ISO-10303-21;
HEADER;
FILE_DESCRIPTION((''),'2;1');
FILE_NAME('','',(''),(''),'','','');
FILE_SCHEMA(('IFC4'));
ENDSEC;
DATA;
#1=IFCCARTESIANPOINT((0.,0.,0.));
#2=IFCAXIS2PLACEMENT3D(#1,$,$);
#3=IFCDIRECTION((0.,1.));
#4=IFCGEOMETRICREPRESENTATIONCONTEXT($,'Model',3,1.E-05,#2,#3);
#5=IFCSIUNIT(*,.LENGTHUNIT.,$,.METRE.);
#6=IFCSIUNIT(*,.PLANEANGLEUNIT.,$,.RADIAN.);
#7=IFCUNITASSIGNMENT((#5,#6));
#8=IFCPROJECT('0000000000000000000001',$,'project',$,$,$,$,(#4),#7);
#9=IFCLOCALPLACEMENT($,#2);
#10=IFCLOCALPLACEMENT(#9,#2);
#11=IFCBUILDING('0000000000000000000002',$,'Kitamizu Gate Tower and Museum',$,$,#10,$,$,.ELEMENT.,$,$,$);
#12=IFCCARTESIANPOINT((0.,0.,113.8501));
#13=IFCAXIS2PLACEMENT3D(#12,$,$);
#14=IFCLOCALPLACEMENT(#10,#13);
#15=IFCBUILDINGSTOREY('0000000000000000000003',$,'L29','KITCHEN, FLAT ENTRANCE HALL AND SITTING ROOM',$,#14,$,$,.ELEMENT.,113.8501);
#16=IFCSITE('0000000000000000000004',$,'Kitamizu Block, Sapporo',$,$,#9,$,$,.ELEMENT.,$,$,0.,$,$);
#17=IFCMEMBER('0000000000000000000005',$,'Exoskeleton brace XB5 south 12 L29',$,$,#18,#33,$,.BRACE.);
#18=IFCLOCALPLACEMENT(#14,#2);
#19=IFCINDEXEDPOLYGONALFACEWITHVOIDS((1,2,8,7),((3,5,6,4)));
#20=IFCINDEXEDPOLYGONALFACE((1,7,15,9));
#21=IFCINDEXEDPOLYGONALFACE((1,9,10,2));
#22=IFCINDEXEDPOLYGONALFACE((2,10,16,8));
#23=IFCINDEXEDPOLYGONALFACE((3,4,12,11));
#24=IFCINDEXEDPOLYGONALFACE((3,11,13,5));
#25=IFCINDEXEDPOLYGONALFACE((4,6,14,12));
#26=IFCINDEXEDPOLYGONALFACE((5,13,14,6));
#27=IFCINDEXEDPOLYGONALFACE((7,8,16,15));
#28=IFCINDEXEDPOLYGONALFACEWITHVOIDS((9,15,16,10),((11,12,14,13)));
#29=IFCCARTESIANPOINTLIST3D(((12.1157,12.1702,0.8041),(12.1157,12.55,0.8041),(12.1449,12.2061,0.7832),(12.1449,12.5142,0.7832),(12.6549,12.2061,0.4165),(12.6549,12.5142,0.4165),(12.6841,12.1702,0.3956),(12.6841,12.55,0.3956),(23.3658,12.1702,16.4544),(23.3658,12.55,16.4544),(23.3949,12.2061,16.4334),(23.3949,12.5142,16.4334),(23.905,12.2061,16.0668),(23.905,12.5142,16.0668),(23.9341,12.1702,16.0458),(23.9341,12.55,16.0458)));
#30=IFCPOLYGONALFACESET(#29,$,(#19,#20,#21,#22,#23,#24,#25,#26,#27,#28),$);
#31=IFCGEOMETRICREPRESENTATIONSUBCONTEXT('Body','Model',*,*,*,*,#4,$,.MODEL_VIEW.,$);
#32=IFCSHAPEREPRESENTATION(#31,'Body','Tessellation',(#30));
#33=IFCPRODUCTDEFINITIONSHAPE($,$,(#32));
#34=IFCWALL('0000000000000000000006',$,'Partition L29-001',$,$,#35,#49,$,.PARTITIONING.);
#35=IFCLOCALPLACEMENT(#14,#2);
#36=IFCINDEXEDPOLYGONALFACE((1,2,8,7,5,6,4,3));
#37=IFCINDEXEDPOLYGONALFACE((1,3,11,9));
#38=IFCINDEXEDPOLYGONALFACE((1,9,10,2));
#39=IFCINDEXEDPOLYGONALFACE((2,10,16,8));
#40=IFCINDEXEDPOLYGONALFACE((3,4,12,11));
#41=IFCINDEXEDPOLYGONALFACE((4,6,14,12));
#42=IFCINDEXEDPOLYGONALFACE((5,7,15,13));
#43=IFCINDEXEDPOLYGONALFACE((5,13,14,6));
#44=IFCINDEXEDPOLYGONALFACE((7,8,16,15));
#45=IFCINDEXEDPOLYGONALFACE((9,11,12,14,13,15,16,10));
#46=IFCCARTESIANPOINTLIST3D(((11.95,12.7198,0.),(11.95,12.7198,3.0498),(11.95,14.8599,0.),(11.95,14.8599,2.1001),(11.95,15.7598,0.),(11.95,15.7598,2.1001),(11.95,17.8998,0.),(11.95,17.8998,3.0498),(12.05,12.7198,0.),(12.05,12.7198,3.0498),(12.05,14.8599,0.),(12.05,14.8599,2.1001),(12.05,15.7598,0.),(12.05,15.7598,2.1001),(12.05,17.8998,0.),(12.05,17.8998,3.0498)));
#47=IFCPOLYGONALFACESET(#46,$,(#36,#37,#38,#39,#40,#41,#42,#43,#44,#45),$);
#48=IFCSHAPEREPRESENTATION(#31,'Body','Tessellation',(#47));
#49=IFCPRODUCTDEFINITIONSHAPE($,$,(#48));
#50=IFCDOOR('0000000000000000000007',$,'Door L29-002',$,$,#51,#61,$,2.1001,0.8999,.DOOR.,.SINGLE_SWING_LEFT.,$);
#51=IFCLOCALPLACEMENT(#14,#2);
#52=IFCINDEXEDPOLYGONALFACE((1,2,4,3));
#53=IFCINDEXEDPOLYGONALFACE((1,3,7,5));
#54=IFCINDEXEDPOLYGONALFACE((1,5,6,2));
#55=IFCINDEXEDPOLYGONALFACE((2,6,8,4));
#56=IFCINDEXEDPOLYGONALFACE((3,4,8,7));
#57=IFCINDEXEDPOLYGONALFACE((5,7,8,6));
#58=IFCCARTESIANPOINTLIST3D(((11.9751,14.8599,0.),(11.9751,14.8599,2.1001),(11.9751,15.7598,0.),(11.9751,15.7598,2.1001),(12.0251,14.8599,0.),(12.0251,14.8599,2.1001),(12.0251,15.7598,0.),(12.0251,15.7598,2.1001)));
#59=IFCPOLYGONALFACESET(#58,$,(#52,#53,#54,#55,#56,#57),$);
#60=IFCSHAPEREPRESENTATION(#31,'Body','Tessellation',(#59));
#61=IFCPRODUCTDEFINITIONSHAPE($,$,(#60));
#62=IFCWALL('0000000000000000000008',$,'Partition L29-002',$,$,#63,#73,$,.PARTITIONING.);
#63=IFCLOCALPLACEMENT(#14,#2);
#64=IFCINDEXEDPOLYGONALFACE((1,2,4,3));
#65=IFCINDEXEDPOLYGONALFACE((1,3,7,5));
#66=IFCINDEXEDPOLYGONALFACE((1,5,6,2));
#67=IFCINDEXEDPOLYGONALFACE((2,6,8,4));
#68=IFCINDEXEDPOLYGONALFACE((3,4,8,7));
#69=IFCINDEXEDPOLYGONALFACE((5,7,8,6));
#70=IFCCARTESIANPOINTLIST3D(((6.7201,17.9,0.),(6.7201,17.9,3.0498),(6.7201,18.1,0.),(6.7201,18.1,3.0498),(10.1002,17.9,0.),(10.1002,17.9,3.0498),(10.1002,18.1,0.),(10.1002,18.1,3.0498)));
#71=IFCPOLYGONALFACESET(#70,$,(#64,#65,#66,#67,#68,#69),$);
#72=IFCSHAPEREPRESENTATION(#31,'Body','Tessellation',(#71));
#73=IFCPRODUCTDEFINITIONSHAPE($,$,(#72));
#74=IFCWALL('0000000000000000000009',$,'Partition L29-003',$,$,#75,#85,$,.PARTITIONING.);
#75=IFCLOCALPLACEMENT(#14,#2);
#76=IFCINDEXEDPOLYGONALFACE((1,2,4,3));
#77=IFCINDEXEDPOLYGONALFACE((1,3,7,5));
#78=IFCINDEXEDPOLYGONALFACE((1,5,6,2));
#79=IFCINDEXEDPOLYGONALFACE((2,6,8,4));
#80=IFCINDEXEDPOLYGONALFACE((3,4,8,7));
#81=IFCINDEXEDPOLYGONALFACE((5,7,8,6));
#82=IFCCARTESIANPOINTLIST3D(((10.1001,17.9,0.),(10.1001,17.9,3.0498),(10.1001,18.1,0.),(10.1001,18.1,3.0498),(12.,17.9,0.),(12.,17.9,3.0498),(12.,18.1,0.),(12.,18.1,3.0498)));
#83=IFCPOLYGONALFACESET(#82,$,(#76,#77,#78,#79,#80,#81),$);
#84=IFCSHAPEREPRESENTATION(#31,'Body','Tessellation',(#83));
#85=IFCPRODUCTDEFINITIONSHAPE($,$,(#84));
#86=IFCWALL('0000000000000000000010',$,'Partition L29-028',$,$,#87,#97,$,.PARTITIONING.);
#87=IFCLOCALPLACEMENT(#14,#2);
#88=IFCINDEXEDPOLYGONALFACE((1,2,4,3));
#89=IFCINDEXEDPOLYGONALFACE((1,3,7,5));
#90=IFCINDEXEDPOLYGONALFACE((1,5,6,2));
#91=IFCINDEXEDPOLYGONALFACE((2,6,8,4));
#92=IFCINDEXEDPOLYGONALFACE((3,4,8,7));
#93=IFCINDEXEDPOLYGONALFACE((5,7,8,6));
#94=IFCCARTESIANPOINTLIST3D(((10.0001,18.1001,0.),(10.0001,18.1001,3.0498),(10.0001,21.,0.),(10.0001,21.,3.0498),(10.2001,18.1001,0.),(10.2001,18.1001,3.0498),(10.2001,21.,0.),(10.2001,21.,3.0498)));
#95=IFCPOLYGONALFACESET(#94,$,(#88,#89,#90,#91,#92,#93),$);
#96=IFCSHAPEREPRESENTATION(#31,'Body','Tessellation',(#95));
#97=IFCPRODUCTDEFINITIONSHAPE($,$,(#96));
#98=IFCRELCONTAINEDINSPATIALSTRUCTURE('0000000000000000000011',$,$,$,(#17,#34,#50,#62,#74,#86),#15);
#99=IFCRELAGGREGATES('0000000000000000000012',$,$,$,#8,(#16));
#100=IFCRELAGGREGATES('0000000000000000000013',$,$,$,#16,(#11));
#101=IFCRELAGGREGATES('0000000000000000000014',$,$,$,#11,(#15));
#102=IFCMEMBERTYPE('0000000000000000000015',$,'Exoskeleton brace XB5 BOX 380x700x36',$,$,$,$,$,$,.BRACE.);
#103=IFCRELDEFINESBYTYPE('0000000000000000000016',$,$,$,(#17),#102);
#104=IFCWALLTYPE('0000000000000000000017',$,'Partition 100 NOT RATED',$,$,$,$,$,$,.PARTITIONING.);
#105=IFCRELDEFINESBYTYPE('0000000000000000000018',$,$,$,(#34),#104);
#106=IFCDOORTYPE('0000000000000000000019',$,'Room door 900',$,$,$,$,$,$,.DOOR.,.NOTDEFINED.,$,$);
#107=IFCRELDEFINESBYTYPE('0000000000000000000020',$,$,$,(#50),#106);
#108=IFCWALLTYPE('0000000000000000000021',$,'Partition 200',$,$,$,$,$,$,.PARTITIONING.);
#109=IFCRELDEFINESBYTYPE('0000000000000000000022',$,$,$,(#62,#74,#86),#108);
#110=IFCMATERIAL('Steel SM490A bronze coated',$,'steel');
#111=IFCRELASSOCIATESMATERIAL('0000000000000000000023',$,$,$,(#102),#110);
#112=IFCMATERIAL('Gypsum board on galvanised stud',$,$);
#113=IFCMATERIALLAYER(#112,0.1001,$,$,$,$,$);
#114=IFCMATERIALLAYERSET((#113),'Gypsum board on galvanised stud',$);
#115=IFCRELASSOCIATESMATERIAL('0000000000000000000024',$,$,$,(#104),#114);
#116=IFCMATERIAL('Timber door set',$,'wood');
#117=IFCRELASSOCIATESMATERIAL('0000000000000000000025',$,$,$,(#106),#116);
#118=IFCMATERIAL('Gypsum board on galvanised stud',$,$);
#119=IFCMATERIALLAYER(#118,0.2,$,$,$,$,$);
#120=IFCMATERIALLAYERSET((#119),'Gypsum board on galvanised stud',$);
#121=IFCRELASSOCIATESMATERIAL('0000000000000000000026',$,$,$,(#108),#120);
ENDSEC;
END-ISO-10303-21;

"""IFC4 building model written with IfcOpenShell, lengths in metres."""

from ifc_helpers import new_model, si_unit, direction, frame, frame_2d, origin, origin_2d, place, context, subcontext, project, spatial, rectangle, hollow_rectangle, extrude, material, layer, layer_set, material_profile, profile_set, type_object, element, fill, save


model = new_model("IFC4")

# Units and contexts
model_context = context("Model", 3, precision=1e-05, world=origin(), true_north=direction((0.0, 1.0)))
body_context = subcontext(model_context, "Body", "Model", "MODEL_VIEW")
ifc_project = project(units=[si_unit("LENGTHUNIT", "METRE"), si_unit("PLANEANGLEUNIT", "RADIAN")], contexts=[model_context])

# Site, building, storey
site_placement = place(None, origin())
site = spatial("IfcSite", under=ifc_project, at=site_placement, Name="Kitamizu Block, Sapporo", CompositionType="ELEMENT", RefElevation=0.0)
building_placement = place(site_placement, origin())
building = spatial("IfcBuilding", under=site, at=building_placement, Name="Kitamizu Gate Tower and Museum", CompositionType="ELEMENT")
storey_placement = place(building_placement, frame((0.0, 0.0, 113.8501)))
storey = spatial("IfcBuildingStorey", under=building, at=storey_placement, Name="L29", Description="KITCHEN, FLAT ENTRANCE HALL AND SITTING ROOM", CompositionType="ELEMENT", Elevation=113.8501)

# Member
ifc_material_1 = material(Name="Steel SM490A bronze coated", Category="steel")
ifc_material_profile = material_profile(ifc_material_1, hollow_rectangle(XDim=0.3799, YDim=0.7, WallThickness=0.0359, at=origin_2d()), Name="BOX 380x700x36")
ifc_profile_set = profile_set([ifc_material_profile], Name="Steel SM490A bronze coated")
member_type = type_object("IfcMemberType", Name="Exoskeleton brace XB5 BOX 380x700x36", PredefinedType="BRACE", material=ifc_profile_set)
member_placement = place(storey_placement, frame((12.3999, 12.3601, 0.5999), z_axis=(0.583686, 0.0, 0.81198), x_axis=(0.0, 1.0, 0.0)))
element("IfcMember", 1, at=member_placement, inside=storey, type_object=member_type, Name="Exoskeleton brace XB5 south 12 L29", PredefinedType="BRACE", context=body_context, shape_type="SweptSolid", body=[
    extrude(hollow_rectangle(XDim=0.3799, YDim=0.7, WallThickness=0.0359, at=origin_2d()), origin(), (0.0, 0.0, 1.0), 19.2742),
])

# Wall, opening, door
ifc_material_2 = material(Name="Gypsum board on galvanised stud")
ifc_layer_1 = layer(ifc_material_2, 0.1001)
ifc_layer_set_1 = layer_set([ifc_layer_1], Name="Gypsum board on galvanised stud")
wall_type_1 = type_object("IfcWallType", Name="Partition 100 NOT RATED", PredefinedType="PARTITIONING", material=ifc_layer_set_1)
wall_1_placement = place(storey_placement, frame((12.0, 12.72, 0.0), z_axis=(0.0, 0.0, 1.0), x_axis=(0.0, 1.0, 0.0)))
wall_1 = element("IfcWall", 2, at=wall_1_placement, inside=storey, type_object=wall_type_1, Name="Partition L29-001", PredefinedType="PARTITIONING", context=body_context, shape_type="SweptSolid", body=[
    extrude(rectangle(XDim=5.1799, YDim=0.1001, at=frame_2d((2.5898, 0.0))), origin(), (0.0, 0.0, 1.0), 3.0498),
])
opening_placement = place(wall_1_placement, frame((2.1399, 0.0, 0.0)))
opening = element("IfcOpeningElement", 3, at=opening_placement, cuts=wall_1, PredefinedType="OPENING", context=body_context, shape_type="SweptSolid", body=[
    extrude(rectangle(XDim=0.8999, YDim=2.1001, at=frame_2d((0.45, 1.05))), frame((0.0, 0.0601, 0.0), z_axis=(0.0, -1.0, 0.0), x_axis=(1.0, 0.0, 0.0)), (0.0, 0.0, 1.0), 0.1201),
])
ifc_material_3 = material(Name="Timber door set", Category="wood")
door_type = type_object("IfcDoorType", Name="Room door 900", OperationType="NOTDEFINED", PredefinedType="DOOR", material=ifc_material_3)
door_placement = place(opening_placement, origin())
door = element("IfcDoor", 4, at=door_placement, inside=storey, type_object=door_type, Name="Door L29-002", OperationType="SINGLE_SWING_LEFT", OverallHeight=2.1001, OverallWidth=0.8999, PredefinedType="DOOR", context=body_context, shape_type="SweptSolid", body=[
    extrude(rectangle(XDim=0.8999, YDim=2.1001, at=frame_2d((0.45, 1.05))), frame((0.0, 0.0249, 0.0), z_axis=(0.0, -1.0, 0.0), x_axis=(1.0, 0.0, 0.0)), (0.0, 0.0, 1.0), 0.05),
])
fill(opening, door)

# Walls
ifc_material_4 = material(Name="Gypsum board on galvanised stud")
ifc_layer_2 = layer(ifc_material_4, 0.2)
ifc_layer_set_2 = layer_set([ifc_layer_2], Name="Gypsum board on galvanised stud")
wall_type_2 = type_object("IfcWallType", Name="Partition 200", PredefinedType="PARTITIONING", material=ifc_layer_set_2)
wall_2_placement = place(storey_placement, frame((10.1001, 18.0, 0.0), z_axis=(0.0, 0.0, 1.0), x_axis=(-1.0, 0.0, 0.0)))
element("IfcWall", 5, at=wall_2_placement, inside=storey, type_object=wall_type_2, Name="Partition L29-002", PredefinedType="PARTITIONING", context=body_context, shape_type="SweptSolid", body=[
    extrude(rectangle(XDim=3.3801, YDim=0.2, at=frame_2d((1.6899, 0.0))), origin(), (0.0, 0.0, 1.0), 3.0498),
])
wall_3_placement = place(storey_placement, frame((12.0, 18.0, 0.0), z_axis=(0.0, 0.0, 1.0), x_axis=(-1.0, 0.0, 0.0)))
element("IfcWall", 6, at=wall_3_placement, inside=storey, type_object=wall_type_2, Name="Partition L29-003", PredefinedType="PARTITIONING", context=body_context, shape_type="SweptSolid", body=[
    extrude(rectangle(XDim=1.8999, YDim=0.2, at=frame_2d((0.95, 0.0))), origin(), (0.0, 0.0, 1.0), 3.0498),
])
wall_4_placement = place(storey_placement, frame((10.1001, 18.1001, 0.0), z_axis=(0.0, 0.0, 1.0), x_axis=(0.0, 1.0, 0.0)))
element("IfcWall", 7, at=wall_4_placement, inside=storey, type_object=wall_type_2, Name="Partition L29-028", PredefinedType="PARTITIONING", context=body_context, shape_type="SweptSolid", body=[
    extrude(rectangle(XDim=2.8999, YDim=0.2, at=frame_2d((1.45, 0.0))), origin(), (0.0, 0.0, 1.0), 3.0498),
])

save(model, "model.ifc")
